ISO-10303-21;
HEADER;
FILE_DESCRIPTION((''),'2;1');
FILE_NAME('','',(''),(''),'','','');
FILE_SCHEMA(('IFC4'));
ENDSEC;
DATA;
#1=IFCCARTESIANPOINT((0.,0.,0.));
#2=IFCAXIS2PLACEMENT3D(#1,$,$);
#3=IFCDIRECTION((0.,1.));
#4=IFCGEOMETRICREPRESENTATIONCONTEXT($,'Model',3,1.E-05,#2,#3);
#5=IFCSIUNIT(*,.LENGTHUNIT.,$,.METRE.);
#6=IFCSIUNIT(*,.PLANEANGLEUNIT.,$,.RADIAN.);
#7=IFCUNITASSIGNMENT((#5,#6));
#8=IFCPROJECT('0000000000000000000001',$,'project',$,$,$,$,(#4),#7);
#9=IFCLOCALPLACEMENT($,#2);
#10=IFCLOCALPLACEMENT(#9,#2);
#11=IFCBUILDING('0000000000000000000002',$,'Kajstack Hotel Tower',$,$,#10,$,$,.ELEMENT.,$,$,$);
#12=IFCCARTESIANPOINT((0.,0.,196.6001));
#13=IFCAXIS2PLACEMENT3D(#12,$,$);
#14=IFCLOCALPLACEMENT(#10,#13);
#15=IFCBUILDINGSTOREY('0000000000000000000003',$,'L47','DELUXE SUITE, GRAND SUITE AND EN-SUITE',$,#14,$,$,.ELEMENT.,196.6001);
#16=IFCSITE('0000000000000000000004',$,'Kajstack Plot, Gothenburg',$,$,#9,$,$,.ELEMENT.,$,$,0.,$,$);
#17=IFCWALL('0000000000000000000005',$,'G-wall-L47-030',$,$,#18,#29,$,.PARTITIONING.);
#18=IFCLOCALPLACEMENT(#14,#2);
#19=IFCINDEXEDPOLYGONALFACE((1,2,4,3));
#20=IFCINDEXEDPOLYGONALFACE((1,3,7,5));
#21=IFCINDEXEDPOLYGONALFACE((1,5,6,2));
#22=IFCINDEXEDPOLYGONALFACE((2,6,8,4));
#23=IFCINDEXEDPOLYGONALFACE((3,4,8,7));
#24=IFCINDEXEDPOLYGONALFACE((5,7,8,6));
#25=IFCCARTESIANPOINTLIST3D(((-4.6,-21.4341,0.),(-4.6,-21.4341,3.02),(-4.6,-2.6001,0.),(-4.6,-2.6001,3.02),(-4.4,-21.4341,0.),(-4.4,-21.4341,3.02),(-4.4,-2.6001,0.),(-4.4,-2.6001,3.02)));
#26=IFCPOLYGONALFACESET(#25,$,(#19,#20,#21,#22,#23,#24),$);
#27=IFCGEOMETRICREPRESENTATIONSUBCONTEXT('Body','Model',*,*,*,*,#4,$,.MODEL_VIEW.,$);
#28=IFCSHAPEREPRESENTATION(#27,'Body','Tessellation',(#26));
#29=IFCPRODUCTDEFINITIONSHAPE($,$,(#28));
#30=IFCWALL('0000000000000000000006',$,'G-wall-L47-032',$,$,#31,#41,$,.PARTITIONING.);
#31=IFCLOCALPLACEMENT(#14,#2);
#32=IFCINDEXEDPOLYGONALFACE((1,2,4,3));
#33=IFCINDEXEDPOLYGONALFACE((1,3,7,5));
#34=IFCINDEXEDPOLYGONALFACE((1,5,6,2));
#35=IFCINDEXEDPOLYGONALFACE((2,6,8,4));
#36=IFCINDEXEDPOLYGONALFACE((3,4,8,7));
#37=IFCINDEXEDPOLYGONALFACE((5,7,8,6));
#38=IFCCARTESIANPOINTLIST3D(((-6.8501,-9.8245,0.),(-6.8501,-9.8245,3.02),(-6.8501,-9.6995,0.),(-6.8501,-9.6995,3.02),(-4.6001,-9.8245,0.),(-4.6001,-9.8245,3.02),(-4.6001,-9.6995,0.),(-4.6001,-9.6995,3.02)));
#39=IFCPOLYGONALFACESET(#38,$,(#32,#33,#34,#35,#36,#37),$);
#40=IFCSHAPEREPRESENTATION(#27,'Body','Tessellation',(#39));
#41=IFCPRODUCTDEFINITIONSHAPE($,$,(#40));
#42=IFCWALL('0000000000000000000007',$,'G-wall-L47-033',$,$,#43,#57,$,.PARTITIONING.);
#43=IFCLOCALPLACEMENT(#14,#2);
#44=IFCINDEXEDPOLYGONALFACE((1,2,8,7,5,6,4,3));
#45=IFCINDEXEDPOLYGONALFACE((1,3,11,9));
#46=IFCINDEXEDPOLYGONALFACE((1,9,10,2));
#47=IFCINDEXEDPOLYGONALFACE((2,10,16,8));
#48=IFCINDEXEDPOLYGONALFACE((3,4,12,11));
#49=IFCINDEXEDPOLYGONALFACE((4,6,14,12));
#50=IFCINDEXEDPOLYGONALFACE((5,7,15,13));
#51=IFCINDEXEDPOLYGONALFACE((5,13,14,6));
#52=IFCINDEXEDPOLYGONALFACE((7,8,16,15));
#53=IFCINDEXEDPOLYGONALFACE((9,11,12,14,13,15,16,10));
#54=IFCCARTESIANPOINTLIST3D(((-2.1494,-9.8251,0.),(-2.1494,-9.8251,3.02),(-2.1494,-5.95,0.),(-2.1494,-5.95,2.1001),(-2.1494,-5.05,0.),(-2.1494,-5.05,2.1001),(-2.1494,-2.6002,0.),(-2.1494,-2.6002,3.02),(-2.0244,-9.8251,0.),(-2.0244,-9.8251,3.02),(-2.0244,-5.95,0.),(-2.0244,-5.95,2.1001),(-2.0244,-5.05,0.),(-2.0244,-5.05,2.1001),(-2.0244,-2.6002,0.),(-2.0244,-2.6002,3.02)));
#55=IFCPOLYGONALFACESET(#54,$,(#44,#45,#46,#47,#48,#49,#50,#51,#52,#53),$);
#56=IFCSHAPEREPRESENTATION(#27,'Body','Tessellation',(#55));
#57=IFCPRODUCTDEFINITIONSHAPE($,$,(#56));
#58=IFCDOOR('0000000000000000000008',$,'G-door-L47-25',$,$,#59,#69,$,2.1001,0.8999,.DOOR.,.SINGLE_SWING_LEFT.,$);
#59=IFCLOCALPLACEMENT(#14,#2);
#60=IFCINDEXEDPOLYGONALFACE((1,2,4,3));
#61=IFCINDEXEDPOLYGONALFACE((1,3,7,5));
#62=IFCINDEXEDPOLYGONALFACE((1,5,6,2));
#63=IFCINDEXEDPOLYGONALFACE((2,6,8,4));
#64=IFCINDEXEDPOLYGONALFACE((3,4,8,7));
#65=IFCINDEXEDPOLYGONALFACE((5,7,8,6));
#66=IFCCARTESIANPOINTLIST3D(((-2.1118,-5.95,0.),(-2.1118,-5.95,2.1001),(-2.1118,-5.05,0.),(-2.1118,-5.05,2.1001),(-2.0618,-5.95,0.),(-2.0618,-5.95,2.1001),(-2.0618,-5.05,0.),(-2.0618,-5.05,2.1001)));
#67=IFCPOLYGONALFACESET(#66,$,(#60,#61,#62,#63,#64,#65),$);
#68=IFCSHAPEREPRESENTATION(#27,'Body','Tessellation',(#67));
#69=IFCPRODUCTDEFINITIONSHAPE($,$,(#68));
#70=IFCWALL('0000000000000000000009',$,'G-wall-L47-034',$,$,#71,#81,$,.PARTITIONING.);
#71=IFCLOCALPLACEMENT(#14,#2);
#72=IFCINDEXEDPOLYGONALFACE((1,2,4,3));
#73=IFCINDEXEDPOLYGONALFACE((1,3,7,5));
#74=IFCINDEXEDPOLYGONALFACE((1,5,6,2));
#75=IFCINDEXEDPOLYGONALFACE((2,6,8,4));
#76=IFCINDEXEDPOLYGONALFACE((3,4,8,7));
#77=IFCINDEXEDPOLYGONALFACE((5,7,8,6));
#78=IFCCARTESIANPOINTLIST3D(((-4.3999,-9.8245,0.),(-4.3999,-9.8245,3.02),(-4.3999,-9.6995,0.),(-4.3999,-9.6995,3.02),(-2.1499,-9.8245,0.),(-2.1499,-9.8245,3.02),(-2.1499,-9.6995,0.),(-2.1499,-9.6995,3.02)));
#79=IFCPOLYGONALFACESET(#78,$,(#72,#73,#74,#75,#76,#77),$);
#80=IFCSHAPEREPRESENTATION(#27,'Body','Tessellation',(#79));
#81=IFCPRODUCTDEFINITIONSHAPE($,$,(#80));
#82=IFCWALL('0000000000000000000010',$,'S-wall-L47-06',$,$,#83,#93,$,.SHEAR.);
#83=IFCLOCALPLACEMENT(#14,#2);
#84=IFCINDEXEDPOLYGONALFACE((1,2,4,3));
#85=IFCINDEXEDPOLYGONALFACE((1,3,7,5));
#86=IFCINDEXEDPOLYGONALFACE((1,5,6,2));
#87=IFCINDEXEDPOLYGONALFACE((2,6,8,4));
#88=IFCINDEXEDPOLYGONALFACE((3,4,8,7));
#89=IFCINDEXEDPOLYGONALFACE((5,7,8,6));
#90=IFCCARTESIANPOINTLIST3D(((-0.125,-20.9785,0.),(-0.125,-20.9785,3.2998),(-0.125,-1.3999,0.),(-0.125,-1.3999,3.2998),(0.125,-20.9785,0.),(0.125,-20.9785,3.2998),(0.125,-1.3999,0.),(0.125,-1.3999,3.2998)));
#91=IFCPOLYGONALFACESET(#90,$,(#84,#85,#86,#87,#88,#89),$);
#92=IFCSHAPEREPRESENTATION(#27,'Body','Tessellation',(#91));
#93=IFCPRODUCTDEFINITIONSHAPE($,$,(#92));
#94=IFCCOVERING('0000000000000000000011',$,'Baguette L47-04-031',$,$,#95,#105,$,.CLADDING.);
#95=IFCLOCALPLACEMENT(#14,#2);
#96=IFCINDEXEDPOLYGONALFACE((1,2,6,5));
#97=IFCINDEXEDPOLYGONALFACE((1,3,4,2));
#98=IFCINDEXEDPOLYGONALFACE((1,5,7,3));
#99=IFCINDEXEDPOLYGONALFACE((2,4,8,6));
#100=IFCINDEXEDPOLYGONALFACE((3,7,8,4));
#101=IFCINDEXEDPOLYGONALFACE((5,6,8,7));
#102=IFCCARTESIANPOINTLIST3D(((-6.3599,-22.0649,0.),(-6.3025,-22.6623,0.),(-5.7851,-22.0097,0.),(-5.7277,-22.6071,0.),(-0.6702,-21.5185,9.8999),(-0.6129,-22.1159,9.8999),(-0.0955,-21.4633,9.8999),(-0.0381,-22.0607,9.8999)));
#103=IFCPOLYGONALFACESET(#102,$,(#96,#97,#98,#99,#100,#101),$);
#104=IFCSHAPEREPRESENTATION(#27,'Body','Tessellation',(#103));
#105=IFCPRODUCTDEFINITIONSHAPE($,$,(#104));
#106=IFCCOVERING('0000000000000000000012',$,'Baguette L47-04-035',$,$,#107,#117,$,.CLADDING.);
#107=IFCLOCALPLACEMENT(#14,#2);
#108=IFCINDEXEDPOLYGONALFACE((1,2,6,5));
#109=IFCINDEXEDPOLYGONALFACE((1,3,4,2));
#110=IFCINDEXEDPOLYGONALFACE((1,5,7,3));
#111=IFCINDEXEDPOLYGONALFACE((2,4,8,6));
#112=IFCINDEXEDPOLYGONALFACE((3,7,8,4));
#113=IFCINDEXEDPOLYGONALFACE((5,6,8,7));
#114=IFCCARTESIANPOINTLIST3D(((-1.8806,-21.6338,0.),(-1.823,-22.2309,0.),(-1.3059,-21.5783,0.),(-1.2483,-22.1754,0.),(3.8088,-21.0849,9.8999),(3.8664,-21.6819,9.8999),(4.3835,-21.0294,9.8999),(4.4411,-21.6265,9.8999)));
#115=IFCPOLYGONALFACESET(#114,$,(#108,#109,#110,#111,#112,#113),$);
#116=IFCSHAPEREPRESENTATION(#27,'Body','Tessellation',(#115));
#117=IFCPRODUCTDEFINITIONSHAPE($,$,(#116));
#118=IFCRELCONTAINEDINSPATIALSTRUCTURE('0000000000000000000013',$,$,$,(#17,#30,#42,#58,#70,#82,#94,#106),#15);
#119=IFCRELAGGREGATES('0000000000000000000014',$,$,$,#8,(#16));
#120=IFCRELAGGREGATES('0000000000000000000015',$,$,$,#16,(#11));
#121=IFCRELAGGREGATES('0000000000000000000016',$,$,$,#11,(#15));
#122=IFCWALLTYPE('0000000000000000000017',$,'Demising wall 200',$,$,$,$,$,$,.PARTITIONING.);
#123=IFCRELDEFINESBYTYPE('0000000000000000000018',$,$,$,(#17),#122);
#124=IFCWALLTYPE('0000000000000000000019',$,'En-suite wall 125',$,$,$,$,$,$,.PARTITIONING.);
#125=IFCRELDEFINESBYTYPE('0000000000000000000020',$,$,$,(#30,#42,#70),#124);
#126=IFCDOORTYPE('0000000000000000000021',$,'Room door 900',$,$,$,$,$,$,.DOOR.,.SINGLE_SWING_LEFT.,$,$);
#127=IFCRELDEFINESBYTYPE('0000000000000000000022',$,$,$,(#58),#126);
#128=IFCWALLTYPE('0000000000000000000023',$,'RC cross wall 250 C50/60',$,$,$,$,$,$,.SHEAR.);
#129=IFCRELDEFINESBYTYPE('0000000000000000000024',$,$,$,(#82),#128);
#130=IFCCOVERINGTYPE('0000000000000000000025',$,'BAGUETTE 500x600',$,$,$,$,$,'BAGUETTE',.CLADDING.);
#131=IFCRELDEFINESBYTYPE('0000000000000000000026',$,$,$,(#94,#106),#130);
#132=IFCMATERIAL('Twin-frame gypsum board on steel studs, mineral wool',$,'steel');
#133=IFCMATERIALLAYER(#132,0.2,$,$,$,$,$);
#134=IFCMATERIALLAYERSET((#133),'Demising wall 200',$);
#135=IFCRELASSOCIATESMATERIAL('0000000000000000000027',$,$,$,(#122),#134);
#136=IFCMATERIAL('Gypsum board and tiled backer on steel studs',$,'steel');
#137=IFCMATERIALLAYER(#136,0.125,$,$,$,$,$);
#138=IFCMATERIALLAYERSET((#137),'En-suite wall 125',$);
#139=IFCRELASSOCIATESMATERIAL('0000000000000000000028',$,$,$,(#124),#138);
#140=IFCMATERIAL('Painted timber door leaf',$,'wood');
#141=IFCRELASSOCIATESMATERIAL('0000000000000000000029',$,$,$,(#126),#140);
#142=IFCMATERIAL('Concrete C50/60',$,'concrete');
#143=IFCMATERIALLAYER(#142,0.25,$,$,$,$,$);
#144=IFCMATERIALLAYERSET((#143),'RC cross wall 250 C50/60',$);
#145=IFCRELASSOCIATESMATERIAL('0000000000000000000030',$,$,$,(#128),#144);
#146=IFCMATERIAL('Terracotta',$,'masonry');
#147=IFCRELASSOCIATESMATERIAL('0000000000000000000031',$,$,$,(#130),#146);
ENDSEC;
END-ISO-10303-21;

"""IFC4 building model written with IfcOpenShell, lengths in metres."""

from ifc_helpers import new_model, si_unit, direction, frame, frame_2d, origin, origin_2d, place, context, subcontext, project, spatial, polyline, rectangle, outline, extrude, material, layer, layer_set, material_profile, profile_set, type_object, element, fill, save


model = new_model("IFC4")

# Units and contexts
model_context = context("Model", 3, precision=1e-05, world=origin(), true_north=direction((0.0, 1.0)))
body_context = subcontext(model_context, "Body", "Model", "MODEL_VIEW")
ifc_project = project(units=[si_unit("LENGTHUNIT", "METRE"), si_unit("PLANEANGLEUNIT", "RADIAN")], contexts=[model_context])

# Site, building, storey
site_placement = place(None, origin())
site = spatial("IfcSite", under=ifc_project, at=site_placement, Name="Kajstack Plot, Gothenburg", CompositionType="ELEMENT", RefElevation=0.0)
building_placement = place(site_placement, origin())
building = spatial("IfcBuilding", under=site, at=building_placement, Name="Kajstack Hotel Tower", CompositionType="ELEMENT")
storey_placement = place(building_placement, frame((0.0, 0.0, 196.6001)))
storey = spatial("IfcBuildingStorey", under=building, at=storey_placement, Name="L47", Description="DELUXE SUITE, GRAND SUITE AND EN-SUITE", CompositionType="ELEMENT", Elevation=196.6001)

# Walls
ifc_material_1 = material(Name="Twin-frame gypsum board on steel studs, mineral wool", Category="steel")
ifc_layer_1 = layer(ifc_material_1, 0.2)
ifc_layer_set_1 = layer_set([ifc_layer_1], Name="Demising wall 200")
wall_type_1 = type_object("IfcWallType", Name="Demising wall 200", PredefinedType="PARTITIONING", material=ifc_layer_set_1)
wall_1_placement = place(storey_placement, frame((-4.5, -21.4341, 0.0), z_axis=(0.0, 0.0, 1.0), x_axis=(0.0, 1.0, 0.0)))
element("IfcWall", 1, at=wall_1_placement, inside=storey, type_object=wall_type_1, Name="G-wall-L47-030", PredefinedType="PARTITIONING", context=body_context, shape_type="SweptSolid", body=[
    extrude(rectangle(XDim=18.834, YDim=0.2, at=frame_2d((9.417, 0.0))), origin(), (0.0, 0.0, 1.0), 3.02),
])
ifc_material_2 = material(Name="Gypsum board and tiled backer on steel studs", Category="steel")
ifc_layer_2 = layer(ifc_material_2, 0.125)
ifc_layer_set_2 = layer_set([ifc_layer_2], Name="En-suite wall 125")
wall_type_2 = type_object("IfcWallType", Name="En-suite wall 125", PredefinedType="PARTITIONING", material=ifc_layer_set_2)
wall_2_placement = place(storey_placement, frame((-6.8501, -9.762, 0.0), z_axis=(0.0, 0.0, 1.0), x_axis=(1.0, 0.0, 0.0)))
element("IfcWall", 2, at=wall_2_placement, inside=storey, type_object=wall_type_2, Name="G-wall-L47-032", PredefinedType="PARTITIONING", context=body_context, shape_type="SweptSolid", body=[
    extrude(rectangle(XDim=2.25, YDim=0.125, at=frame_2d((1.125, 0.0))), origin(), (0.0, 0.0, 1.0), 3.02),
])

# Wall, opening, door
wall_3_placement = place(storey_placement, frame((-2.0869, -9.825, 0.0), z_axis=(0.0, 0.0, 1.0), x_axis=(0.0, 1.0, 0.0)))
wall_3 = element("IfcWall", 3, at=wall_3_placement, inside=storey, type_object=wall_type_2, Name="G-wall-L47-033", PredefinedType="PARTITIONING", context=body_context, shape_type="SweptSolid", body=[
    extrude(rectangle(XDim=7.2249, YDim=0.125, at=frame_2d((3.6123, 0.0))), origin(), (0.0, 0.0, 1.0), 3.02),
])
opening_placement = place(wall_3_placement, frame((3.875, 0.0, 0.0)))
opening = element("IfcOpeningElement", 4, at=opening_placement, cuts=wall_3, PredefinedType="OPENING", context=body_context, shape_type="SweptSolid", body=[
    extrude(rectangle(XDim=0.8999, YDim=2.1001, at=frame_2d((0.45, 1.05))), frame((0.0, 0.0725, 0.0), z_axis=(0.0, -1.0, 0.0), x_axis=(1.0, 0.0, 0.0)), (0.0, 0.0, 1.0), 0.145),
])
ifc_material_3 = material(Name="Painted timber door leaf", Category="wood")
door_type = type_object("IfcDoorType", Name="Room door 900", OperationType="SINGLE_SWING_LEFT", PredefinedType="DOOR", material=ifc_material_3)
door_placement = place(opening_placement, origin())
door = element("IfcDoor", 5, at=door_placement, inside=storey, type_object=door_type, Name="G-door-L47-25", OperationType="SINGLE_SWING_LEFT", OverallHeight=2.1001, OverallWidth=0.8999, PredefinedType="DOOR", context=body_context, shape_type="SweptSolid", body=[
    extrude(rectangle(XDim=0.8999, YDim=2.1001, at=frame_2d((0.45, 1.05))), frame((0.0, 0.0249, 0.0), z_axis=(0.0, -1.0, 0.0), x_axis=(1.0, 0.0, 0.0)), (0.0, 0.0, 1.0), 0.05),
])
fill(opening, door)

# Walls
wall_4_placement = place(storey_placement, frame((-4.3999, -9.762, 0.0), z_axis=(0.0, 0.0, 1.0), x_axis=(1.0, 0.0, 0.0)))
element("IfcWall", 6, at=wall_4_placement, inside=storey, type_object=wall_type_2, Name="G-wall-L47-034", PredefinedType="PARTITIONING", context=body_context, shape_type="SweptSolid", body=[
    extrude(rectangle(XDim=2.25, YDim=0.125, at=frame_2d((1.125, 0.0))), origin(), (0.0, 0.0, 1.0), 3.02),
])
ifc_material_4 = material(Name="Concrete C50/60", Category="concrete")
ifc_layer_3 = layer(ifc_material_4, 0.25)
ifc_layer_set_3 = layer_set([ifc_layer_3], Name="RC cross wall 250 C50/60")
wall_type_3 = type_object("IfcWallType", Name="RC cross wall 250 C50/60", PredefinedType="SHEAR", material=ifc_layer_set_3)
wall_5_placement = place(storey_placement, frame((0.0, -20.9785, 0.0), z_axis=(0.0, 0.0, 1.0), x_axis=(0.0, 1.0, 0.0)))
element("IfcWall", 7, at=wall_5_placement, inside=storey, type_object=wall_type_3, Name="S-wall-L47-06", PredefinedType="SHEAR", context=body_context, shape_type="SweptSolid", body=[
    extrude(rectangle(XDim=19.5786, YDim=0.25, at=frame_2d((9.7893, 0.0))), origin(), (0.0, 0.0, 1.0), 3.2998),
])

# Coverings
ifc_material_5 = material(Name="Terracotta", Category="masonry")
ifc_material_profile = material_profile(ifc_material_5, rectangle(XDim=0.6001, YDim=0.5, at=origin_2d()), Name="Terracotta-clad concrete baguette 500 x 600")
ifc_profile_set = profile_set([ifc_material_profile], Name="Terracotta")
covering_type = type_object("IfcCoveringType", Name="BAGUETTE 500x600", ElementType="BAGUETTE", PredefinedType="CLADDING", material=ifc_profile_set)
covering_1_placement = place(storey_placement, frame((-6.3599, -22.0649, 0.0), z_axis=(0.095596, -0.99542, 0.0), x_axis=(0.99542, 0.095596, 0.0)))
element("IfcCovering", 8, at=covering_1_placement, inside=storey, type_object=covering_type, Name="Baguette L47-04-031", PredefinedType="CLADDING", context=body_context, shape_type="SweptSolid", body=[
    extrude(outline(polyline([(5.7158, 9.8999), (0.0, 0.0), (0.5774, 0.0), (6.2932, 9.8999), (5.7158, 9.8999)])), origin(), (0.0, 0.0, 1.0), 0.6001),
])
covering_2_placement = place(storey_placement, frame((-1.8806, -21.6338, 0.0), z_axis=(0.096038, -0.995378, 0.0), x_axis=(0.995378, 0.096038, 0.0)))
element("IfcCovering", 9, at=covering_2_placement, inside=storey, type_object=covering_type, Name="Baguette L47-04-035", PredefinedType="CLADDING", context=body_context, shape_type="SweptSolid", body=[
    extrude(outline(polyline([(5.7158, 9.8999), (0.0, 0.0), (0.5774, 0.0), (6.2932, 9.8999), (5.7158, 9.8999)])), origin(), (0.0, 0.0, 1.0), 0.5999),
])

save(model, "model.ifc")
